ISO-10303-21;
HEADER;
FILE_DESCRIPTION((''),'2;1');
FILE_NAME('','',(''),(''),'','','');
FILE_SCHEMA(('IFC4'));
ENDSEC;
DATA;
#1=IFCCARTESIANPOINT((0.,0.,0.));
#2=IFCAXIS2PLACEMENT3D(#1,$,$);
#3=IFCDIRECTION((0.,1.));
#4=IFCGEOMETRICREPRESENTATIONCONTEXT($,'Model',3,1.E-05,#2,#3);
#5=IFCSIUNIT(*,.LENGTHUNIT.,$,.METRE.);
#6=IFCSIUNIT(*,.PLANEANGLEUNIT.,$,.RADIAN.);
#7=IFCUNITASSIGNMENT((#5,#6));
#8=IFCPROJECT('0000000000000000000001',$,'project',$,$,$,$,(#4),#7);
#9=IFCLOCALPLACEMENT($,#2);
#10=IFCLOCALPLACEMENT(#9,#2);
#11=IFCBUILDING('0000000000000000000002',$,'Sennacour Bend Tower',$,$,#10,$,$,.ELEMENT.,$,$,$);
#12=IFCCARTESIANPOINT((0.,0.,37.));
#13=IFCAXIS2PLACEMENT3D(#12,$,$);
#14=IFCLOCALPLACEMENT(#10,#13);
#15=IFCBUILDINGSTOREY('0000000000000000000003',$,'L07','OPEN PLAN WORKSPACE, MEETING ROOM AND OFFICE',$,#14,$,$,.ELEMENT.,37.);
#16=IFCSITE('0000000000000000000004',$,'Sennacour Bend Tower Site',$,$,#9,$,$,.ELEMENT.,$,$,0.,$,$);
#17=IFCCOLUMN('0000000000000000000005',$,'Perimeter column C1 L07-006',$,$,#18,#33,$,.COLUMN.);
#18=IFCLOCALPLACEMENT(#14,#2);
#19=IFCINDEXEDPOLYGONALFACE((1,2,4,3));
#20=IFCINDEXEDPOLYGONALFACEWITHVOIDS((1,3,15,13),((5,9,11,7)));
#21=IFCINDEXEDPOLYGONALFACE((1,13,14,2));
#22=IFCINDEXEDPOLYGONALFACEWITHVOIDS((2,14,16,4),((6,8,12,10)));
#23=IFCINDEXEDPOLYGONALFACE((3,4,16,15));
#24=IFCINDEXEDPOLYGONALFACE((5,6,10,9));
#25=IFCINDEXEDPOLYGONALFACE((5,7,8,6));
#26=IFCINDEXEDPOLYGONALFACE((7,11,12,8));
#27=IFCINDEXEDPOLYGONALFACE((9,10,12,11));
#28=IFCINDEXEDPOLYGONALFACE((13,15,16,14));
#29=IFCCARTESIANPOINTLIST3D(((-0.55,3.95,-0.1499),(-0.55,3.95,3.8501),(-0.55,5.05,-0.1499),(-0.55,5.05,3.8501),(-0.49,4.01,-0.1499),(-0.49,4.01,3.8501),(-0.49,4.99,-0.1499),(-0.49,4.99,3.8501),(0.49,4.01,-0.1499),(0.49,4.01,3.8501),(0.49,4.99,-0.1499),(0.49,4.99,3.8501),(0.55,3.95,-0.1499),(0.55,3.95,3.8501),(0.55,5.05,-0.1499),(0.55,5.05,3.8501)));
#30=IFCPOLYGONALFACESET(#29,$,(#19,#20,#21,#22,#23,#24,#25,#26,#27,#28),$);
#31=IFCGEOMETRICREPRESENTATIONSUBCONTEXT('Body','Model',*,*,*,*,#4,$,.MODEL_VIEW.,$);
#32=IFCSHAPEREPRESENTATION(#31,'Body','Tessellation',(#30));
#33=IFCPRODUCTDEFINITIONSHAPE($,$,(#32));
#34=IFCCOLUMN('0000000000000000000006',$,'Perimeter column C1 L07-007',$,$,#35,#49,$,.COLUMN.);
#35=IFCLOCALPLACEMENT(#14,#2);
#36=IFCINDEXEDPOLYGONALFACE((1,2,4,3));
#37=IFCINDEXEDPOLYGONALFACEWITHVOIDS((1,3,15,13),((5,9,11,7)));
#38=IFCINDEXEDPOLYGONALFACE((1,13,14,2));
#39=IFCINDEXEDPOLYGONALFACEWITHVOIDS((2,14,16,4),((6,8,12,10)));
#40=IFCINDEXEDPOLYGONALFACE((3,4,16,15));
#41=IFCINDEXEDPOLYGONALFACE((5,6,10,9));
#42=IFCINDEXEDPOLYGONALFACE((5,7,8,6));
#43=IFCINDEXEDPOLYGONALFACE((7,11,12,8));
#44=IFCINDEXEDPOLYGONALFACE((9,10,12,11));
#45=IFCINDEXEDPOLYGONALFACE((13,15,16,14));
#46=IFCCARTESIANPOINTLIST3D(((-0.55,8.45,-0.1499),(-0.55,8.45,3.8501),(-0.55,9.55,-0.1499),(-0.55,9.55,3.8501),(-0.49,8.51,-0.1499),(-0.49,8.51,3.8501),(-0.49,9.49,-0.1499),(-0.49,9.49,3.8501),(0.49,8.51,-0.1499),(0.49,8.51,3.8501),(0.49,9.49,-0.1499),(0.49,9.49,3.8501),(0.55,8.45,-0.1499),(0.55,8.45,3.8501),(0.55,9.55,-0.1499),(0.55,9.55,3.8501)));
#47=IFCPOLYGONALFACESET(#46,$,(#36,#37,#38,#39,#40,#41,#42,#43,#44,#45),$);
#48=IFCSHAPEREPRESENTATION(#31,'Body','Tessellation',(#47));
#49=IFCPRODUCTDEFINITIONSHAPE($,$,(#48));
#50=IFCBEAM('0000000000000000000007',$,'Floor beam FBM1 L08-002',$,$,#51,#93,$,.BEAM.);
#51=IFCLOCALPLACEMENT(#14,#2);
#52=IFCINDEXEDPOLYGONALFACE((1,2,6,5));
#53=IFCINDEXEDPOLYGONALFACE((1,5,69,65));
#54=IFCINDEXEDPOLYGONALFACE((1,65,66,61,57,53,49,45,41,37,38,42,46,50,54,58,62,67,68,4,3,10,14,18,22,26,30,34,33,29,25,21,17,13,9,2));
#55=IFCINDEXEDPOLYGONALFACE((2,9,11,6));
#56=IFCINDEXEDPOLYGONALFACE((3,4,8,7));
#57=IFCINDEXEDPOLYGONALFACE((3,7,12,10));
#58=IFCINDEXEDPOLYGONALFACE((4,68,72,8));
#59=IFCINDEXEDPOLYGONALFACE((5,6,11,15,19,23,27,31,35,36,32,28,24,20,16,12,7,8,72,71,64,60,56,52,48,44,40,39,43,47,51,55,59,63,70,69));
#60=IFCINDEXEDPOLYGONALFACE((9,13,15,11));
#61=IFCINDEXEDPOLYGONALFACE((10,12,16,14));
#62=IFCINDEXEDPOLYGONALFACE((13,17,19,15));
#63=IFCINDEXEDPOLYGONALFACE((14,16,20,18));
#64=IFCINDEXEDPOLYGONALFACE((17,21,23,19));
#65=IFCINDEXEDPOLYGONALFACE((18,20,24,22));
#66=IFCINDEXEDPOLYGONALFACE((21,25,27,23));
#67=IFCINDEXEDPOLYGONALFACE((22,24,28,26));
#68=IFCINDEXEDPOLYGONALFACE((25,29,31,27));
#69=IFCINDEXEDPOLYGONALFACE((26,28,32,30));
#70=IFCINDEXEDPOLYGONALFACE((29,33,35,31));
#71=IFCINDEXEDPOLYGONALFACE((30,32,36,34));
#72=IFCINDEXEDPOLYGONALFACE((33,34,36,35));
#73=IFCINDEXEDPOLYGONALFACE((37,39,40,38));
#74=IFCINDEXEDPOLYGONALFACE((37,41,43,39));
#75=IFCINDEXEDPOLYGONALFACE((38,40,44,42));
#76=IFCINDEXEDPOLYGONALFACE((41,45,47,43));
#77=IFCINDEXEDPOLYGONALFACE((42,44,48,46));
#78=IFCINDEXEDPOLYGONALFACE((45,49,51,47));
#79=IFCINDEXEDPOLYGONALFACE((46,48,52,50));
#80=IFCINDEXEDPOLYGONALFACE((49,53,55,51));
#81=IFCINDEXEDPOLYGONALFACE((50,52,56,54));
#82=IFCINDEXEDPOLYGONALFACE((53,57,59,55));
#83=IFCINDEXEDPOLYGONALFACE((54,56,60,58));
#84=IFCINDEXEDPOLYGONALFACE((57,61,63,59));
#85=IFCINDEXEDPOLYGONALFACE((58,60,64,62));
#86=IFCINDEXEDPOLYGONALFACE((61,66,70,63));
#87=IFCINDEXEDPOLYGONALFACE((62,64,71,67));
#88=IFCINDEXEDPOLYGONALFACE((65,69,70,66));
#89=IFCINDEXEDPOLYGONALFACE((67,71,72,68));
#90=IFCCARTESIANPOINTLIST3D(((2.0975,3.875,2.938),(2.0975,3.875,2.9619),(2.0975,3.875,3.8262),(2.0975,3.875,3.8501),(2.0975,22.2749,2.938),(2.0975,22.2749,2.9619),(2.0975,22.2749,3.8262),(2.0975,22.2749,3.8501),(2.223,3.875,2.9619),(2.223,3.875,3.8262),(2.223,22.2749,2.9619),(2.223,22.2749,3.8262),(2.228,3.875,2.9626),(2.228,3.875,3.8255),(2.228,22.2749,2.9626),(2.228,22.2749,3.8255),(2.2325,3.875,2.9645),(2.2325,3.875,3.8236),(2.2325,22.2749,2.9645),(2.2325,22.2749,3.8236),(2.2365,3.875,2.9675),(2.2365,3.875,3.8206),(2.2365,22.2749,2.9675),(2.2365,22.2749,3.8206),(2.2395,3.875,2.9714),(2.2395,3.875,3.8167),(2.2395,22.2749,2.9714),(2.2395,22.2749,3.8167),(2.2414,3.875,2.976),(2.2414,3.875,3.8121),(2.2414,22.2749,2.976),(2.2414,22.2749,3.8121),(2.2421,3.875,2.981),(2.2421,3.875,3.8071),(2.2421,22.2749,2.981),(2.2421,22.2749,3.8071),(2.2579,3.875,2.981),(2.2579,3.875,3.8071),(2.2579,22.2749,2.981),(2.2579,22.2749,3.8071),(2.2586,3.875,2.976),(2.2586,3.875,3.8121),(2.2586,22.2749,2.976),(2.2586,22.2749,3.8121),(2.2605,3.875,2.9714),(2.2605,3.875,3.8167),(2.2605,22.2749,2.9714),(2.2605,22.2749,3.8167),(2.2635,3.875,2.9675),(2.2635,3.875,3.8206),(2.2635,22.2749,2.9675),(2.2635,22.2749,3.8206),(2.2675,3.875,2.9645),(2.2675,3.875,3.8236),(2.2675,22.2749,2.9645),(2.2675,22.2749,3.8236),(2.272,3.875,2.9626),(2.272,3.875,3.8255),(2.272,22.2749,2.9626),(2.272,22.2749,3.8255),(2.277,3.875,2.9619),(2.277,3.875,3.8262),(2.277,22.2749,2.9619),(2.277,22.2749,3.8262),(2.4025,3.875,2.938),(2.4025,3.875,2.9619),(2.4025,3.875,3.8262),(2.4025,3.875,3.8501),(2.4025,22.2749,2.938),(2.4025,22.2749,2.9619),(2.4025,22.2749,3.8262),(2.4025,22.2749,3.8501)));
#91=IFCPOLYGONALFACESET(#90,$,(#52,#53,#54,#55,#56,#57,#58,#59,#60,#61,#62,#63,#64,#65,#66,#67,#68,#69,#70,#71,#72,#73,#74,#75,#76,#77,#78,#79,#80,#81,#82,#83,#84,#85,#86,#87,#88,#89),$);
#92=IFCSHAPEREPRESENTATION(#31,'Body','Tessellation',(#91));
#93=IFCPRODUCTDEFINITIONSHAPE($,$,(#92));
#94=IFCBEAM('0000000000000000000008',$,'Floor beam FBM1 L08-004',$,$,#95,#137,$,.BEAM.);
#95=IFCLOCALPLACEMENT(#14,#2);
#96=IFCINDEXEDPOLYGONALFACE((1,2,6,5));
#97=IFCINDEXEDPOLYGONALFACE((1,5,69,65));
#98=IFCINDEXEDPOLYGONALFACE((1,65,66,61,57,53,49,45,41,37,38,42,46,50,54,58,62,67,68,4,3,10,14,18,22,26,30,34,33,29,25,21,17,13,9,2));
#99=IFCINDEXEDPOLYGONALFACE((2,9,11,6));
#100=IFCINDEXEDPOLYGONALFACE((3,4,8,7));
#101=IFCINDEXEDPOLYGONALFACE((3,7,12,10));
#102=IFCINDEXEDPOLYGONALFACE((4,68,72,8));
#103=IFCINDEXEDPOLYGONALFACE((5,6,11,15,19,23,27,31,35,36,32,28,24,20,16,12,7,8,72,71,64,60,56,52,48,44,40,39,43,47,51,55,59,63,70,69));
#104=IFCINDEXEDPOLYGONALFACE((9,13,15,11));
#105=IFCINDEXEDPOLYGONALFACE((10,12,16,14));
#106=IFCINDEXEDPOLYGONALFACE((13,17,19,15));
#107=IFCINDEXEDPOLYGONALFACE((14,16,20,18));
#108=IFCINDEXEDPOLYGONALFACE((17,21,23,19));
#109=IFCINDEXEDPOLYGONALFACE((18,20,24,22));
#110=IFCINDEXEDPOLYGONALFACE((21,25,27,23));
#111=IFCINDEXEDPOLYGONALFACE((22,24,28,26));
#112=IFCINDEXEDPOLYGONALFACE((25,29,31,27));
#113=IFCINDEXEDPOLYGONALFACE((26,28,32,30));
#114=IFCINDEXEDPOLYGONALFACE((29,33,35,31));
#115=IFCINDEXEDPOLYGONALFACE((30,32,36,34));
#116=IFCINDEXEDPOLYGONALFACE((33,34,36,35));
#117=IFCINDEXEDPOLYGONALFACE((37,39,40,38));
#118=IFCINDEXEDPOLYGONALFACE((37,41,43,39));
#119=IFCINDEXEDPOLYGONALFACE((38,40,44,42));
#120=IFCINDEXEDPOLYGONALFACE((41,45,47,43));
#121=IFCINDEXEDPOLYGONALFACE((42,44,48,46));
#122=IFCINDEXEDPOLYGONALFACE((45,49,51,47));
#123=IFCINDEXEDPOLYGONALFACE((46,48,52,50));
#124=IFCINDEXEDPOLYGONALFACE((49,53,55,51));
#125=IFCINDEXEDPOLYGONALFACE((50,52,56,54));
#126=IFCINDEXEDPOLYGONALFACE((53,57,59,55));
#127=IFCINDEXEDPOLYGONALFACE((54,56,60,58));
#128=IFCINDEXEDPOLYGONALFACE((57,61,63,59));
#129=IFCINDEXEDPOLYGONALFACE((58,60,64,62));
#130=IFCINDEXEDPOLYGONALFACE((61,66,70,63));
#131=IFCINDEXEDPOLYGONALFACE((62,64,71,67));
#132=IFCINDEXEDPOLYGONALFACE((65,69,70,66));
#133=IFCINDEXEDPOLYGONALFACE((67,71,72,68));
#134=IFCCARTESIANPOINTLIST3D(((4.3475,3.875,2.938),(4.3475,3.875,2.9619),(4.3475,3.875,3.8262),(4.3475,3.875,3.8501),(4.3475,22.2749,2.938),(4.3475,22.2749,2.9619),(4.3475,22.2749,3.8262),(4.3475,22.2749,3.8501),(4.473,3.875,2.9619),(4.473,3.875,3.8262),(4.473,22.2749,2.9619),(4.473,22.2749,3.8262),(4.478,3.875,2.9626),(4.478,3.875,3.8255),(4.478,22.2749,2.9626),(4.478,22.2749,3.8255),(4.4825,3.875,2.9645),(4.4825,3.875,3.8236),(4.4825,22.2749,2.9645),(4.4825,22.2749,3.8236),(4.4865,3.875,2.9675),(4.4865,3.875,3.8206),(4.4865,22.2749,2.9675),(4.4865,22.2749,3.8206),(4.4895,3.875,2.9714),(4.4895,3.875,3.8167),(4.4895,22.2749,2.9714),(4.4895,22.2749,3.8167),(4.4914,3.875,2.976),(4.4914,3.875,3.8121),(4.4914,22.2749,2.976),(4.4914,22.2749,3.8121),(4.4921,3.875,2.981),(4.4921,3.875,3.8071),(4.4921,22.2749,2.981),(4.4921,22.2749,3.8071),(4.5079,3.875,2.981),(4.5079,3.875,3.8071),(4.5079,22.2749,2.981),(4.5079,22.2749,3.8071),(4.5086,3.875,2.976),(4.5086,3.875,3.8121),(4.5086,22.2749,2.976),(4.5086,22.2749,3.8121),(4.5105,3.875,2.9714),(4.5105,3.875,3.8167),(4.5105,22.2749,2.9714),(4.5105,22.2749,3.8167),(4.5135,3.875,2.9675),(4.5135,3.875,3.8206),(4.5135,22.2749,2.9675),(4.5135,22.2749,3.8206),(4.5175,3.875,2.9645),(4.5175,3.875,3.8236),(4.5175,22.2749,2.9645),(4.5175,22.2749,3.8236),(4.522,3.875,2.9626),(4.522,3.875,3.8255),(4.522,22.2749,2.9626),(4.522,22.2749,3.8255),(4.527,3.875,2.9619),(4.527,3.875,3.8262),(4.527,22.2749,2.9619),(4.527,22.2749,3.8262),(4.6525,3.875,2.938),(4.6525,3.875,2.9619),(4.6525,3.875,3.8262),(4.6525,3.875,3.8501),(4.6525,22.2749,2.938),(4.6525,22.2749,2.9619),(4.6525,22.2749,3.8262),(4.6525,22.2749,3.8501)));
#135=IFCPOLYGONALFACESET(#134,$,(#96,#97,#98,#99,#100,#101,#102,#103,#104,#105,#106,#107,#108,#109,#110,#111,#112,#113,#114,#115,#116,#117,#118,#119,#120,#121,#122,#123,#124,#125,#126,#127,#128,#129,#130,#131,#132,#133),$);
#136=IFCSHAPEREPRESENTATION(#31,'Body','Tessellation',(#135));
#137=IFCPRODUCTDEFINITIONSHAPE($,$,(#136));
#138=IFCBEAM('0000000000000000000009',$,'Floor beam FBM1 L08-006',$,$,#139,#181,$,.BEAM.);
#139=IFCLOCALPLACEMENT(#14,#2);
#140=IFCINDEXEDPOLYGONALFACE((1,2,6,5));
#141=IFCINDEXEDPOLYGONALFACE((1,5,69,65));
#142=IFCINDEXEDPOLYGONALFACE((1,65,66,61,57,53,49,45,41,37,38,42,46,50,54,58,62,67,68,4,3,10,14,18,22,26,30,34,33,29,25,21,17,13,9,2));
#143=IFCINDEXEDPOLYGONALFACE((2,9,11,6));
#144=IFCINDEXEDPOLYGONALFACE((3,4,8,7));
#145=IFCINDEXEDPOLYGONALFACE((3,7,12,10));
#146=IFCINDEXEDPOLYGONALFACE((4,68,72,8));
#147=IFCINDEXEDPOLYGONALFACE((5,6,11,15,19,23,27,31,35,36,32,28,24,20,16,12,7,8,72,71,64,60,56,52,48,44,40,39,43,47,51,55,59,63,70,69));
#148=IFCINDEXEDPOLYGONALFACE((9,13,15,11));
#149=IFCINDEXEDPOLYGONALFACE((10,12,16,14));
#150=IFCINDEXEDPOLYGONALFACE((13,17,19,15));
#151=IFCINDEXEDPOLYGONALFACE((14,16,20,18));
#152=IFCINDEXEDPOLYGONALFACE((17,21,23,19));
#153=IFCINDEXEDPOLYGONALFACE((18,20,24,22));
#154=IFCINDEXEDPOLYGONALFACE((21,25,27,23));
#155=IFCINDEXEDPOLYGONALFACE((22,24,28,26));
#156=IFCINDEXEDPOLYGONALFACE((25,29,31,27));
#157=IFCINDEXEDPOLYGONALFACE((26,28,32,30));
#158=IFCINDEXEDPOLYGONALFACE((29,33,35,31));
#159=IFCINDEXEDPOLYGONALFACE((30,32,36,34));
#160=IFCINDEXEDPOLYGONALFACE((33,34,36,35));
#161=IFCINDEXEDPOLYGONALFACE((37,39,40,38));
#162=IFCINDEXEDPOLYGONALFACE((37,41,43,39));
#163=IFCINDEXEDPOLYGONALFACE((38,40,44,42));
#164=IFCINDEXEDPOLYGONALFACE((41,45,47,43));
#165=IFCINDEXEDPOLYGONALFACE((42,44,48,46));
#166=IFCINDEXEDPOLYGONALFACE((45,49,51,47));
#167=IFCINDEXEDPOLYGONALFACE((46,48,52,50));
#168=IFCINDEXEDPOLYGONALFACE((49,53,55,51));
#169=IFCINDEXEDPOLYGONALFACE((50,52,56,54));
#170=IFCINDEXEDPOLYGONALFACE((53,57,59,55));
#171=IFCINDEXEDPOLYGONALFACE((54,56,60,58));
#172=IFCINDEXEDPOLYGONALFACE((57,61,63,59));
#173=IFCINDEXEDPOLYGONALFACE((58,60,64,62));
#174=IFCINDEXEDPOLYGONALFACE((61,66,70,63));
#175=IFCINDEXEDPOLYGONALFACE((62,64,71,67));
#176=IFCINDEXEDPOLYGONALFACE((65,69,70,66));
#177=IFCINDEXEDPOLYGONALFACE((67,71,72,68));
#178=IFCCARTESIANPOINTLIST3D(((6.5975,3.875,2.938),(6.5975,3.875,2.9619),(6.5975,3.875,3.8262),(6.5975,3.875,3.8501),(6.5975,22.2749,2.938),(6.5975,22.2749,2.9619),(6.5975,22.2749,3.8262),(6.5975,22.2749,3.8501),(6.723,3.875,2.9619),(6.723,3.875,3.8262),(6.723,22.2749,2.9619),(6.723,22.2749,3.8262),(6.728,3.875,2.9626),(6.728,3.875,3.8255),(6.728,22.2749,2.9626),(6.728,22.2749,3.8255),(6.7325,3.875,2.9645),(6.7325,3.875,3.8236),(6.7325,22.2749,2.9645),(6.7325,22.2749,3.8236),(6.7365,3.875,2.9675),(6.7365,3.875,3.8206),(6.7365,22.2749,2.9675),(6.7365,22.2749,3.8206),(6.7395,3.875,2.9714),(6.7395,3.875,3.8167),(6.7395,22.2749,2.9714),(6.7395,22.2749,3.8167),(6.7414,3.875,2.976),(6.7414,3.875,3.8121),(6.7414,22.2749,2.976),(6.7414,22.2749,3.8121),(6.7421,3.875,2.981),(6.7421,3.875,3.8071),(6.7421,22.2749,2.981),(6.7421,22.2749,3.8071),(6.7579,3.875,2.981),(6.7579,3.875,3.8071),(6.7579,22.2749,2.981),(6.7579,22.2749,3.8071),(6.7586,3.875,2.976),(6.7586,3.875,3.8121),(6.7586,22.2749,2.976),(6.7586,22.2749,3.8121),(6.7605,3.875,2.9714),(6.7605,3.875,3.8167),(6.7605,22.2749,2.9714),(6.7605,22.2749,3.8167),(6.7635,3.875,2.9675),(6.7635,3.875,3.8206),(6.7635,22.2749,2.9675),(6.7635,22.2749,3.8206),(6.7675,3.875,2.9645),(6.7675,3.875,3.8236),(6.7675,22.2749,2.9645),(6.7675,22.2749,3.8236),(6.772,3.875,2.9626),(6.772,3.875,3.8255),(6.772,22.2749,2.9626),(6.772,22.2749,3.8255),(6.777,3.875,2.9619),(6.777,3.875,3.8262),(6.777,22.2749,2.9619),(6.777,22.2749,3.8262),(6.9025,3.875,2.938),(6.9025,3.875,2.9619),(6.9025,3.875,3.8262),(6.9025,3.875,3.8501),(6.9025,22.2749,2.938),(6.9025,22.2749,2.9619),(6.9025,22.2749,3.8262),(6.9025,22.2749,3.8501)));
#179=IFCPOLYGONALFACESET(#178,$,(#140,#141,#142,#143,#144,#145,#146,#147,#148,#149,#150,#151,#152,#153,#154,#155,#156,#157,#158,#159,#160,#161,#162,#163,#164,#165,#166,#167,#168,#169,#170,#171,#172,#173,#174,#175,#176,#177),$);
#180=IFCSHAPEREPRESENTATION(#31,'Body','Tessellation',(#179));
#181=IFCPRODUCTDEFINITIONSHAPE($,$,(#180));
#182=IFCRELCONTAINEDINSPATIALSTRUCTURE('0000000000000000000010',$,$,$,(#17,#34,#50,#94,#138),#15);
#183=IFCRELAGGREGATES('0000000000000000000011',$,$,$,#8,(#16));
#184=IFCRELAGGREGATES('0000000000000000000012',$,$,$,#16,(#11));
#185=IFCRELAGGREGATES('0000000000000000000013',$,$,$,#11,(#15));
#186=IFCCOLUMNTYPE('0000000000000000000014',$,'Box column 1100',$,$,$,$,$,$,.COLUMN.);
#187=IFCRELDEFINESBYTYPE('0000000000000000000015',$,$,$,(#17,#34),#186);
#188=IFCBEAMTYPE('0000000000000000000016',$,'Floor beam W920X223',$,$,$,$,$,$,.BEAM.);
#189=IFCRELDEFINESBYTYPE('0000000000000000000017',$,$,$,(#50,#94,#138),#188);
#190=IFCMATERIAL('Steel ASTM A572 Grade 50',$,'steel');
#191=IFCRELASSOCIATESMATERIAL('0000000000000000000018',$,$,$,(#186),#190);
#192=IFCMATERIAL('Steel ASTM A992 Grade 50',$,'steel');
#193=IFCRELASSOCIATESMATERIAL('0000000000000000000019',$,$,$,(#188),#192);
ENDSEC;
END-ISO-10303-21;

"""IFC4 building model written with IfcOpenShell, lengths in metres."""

from ifc_helpers import new_model, si_unit, direction, frame, origin, origin_2d, place, context, subcontext, project, spatial, hollow_rectangle, i_section, extrude, material, material_profile, profile_set, type_object, element, save


model = new_model("IFC4")

# Units and contexts
model_context = context("Model", 3, precision=1e-05, world=origin(), true_north=direction((0.0, 1.0)))
body_context = subcontext(model_context, "Body", "Model", "MODEL_VIEW")
ifc_project = project(units=[si_unit("LENGTHUNIT", "METRE"), si_unit("PLANEANGLEUNIT", "RADIAN")], contexts=[model_context])

# Site, building, storey
site_placement = place(None, origin())
site = spatial("IfcSite", under=ifc_project, at=site_placement, Name="Sennacour Bend Tower Site", CompositionType="ELEMENT", RefElevation=0.0)
building_placement = place(site_placement, origin())
building = spatial("IfcBuilding", under=site, at=building_placement, Name="Sennacour Bend Tower", CompositionType="ELEMENT")
storey_placement = place(building_placement, frame((0.0, 0.0, 37.0)))
storey = spatial("IfcBuildingStorey", under=building, at=storey_placement, Name="L07", Description="OPEN PLAN WORKSPACE, MEETING ROOM AND OFFICE", CompositionType="ELEMENT", Elevation=37.0)

# Columns
ifc_material_1 = material(Name="Steel ASTM A572 Grade 50", Category="steel")
ifc_material_profile_1 = material_profile(ifc_material_1, hollow_rectangle(XDim=1.1001, YDim=1.1001, WallThickness=0.0601, at=origin_2d()), Name="Steel ASTM A572 Grade 50", Category="steel")
ifc_profile_set_1 = profile_set([ifc_material_profile_1], Name="Steel ASTM A572 Grade 50")
column_type = type_object("IfcColumnType", Name="Box column 1100", PredefinedType="COLUMN", material=ifc_profile_set_1)
for number, where, z_axis, x_axis, name in (
    (1, (0.0, 4.5, -0.1499), (0.0, 0.0, 1.0), (1.0, 0.0, 0.0), "Perimeter column C1 L07-006"),
    (2, (0.0, 9.0, -0.1499), (0.0, 0.0, 1.0), (1.0, 0.0, 0.0), "Perimeter column C1 L07-007"),
):
    element("IfcColumn", number, at=place(storey_placement, frame(where, z_axis=z_axis, x_axis=x_axis)), inside=storey, type_object=column_type, Name=name, PredefinedType="COLUMN", context=body_context, shape_type="SweptSolid", body=[
        extrude(hollow_rectangle(XDim=1.1001, YDim=1.1001, WallThickness=0.0601, at=origin_2d()), origin(), (0.0, 0.0, 1.0), 4.0),
    ])

# Beams
ifc_material_2 = material(Name="Steel ASTM A992 Grade 50", Category="steel")
ifc_material_profile_2 = material_profile(ifc_material_2, i_section(OverallWidth=0.3049, OverallDepth=0.9121, WebThickness=0.0159, FlangeThickness=0.0239, FilletRadius=0.019, at=origin_2d()), Name="Steel ASTM A992 Grade 50", Category="steel")
ifc_profile_set_2 = profile_set([ifc_material_profile_2], Name="Steel ASTM A992 Grade 50")
beam_type_1 = type_object("IfcBeamType", Name="Floor beam W920X223", PredefinedType="BEAM", material=ifc_profile_set_2)
for number, where, z_axis, x_axis, name in (
    (3, (2.25, 3.875, 3.394), (0.0, 1.0, 0.0), (-1.0, 0.0, 0.0), "Floor beam FBM1 L08-002"),
    (4, (4.5, 3.875, 3.394), (0.0, 1.0, 0.0), (-1.0, 0.0, 0.0), "Floor beam FBM1 L08-004"),
    (5, (6.75, 3.875, 3.394), (0.0, 1.0, 0.0), (-1.0, 0.0, 0.0), "Floor beam FBM1 L08-006"),
):
    element("IfcBeam", number, at=place(storey_placement, frame(where, z_axis=z_axis, x_axis=x_axis)), inside=storey, type_object=beam_type_1, Name=name, PredefinedType="BEAM", context=body_context, shape_type="SweptSolid", body=[
        extrude(i_section(OverallWidth=0.3049, OverallDepth=0.9121, WebThickness=0.0159, FlangeThickness=0.0239, FilletRadius=0.019, at=origin_2d()), origin(), (0.0, 0.0, 1.0), 18.3999),
    ])

save(model, "model.ifc")
